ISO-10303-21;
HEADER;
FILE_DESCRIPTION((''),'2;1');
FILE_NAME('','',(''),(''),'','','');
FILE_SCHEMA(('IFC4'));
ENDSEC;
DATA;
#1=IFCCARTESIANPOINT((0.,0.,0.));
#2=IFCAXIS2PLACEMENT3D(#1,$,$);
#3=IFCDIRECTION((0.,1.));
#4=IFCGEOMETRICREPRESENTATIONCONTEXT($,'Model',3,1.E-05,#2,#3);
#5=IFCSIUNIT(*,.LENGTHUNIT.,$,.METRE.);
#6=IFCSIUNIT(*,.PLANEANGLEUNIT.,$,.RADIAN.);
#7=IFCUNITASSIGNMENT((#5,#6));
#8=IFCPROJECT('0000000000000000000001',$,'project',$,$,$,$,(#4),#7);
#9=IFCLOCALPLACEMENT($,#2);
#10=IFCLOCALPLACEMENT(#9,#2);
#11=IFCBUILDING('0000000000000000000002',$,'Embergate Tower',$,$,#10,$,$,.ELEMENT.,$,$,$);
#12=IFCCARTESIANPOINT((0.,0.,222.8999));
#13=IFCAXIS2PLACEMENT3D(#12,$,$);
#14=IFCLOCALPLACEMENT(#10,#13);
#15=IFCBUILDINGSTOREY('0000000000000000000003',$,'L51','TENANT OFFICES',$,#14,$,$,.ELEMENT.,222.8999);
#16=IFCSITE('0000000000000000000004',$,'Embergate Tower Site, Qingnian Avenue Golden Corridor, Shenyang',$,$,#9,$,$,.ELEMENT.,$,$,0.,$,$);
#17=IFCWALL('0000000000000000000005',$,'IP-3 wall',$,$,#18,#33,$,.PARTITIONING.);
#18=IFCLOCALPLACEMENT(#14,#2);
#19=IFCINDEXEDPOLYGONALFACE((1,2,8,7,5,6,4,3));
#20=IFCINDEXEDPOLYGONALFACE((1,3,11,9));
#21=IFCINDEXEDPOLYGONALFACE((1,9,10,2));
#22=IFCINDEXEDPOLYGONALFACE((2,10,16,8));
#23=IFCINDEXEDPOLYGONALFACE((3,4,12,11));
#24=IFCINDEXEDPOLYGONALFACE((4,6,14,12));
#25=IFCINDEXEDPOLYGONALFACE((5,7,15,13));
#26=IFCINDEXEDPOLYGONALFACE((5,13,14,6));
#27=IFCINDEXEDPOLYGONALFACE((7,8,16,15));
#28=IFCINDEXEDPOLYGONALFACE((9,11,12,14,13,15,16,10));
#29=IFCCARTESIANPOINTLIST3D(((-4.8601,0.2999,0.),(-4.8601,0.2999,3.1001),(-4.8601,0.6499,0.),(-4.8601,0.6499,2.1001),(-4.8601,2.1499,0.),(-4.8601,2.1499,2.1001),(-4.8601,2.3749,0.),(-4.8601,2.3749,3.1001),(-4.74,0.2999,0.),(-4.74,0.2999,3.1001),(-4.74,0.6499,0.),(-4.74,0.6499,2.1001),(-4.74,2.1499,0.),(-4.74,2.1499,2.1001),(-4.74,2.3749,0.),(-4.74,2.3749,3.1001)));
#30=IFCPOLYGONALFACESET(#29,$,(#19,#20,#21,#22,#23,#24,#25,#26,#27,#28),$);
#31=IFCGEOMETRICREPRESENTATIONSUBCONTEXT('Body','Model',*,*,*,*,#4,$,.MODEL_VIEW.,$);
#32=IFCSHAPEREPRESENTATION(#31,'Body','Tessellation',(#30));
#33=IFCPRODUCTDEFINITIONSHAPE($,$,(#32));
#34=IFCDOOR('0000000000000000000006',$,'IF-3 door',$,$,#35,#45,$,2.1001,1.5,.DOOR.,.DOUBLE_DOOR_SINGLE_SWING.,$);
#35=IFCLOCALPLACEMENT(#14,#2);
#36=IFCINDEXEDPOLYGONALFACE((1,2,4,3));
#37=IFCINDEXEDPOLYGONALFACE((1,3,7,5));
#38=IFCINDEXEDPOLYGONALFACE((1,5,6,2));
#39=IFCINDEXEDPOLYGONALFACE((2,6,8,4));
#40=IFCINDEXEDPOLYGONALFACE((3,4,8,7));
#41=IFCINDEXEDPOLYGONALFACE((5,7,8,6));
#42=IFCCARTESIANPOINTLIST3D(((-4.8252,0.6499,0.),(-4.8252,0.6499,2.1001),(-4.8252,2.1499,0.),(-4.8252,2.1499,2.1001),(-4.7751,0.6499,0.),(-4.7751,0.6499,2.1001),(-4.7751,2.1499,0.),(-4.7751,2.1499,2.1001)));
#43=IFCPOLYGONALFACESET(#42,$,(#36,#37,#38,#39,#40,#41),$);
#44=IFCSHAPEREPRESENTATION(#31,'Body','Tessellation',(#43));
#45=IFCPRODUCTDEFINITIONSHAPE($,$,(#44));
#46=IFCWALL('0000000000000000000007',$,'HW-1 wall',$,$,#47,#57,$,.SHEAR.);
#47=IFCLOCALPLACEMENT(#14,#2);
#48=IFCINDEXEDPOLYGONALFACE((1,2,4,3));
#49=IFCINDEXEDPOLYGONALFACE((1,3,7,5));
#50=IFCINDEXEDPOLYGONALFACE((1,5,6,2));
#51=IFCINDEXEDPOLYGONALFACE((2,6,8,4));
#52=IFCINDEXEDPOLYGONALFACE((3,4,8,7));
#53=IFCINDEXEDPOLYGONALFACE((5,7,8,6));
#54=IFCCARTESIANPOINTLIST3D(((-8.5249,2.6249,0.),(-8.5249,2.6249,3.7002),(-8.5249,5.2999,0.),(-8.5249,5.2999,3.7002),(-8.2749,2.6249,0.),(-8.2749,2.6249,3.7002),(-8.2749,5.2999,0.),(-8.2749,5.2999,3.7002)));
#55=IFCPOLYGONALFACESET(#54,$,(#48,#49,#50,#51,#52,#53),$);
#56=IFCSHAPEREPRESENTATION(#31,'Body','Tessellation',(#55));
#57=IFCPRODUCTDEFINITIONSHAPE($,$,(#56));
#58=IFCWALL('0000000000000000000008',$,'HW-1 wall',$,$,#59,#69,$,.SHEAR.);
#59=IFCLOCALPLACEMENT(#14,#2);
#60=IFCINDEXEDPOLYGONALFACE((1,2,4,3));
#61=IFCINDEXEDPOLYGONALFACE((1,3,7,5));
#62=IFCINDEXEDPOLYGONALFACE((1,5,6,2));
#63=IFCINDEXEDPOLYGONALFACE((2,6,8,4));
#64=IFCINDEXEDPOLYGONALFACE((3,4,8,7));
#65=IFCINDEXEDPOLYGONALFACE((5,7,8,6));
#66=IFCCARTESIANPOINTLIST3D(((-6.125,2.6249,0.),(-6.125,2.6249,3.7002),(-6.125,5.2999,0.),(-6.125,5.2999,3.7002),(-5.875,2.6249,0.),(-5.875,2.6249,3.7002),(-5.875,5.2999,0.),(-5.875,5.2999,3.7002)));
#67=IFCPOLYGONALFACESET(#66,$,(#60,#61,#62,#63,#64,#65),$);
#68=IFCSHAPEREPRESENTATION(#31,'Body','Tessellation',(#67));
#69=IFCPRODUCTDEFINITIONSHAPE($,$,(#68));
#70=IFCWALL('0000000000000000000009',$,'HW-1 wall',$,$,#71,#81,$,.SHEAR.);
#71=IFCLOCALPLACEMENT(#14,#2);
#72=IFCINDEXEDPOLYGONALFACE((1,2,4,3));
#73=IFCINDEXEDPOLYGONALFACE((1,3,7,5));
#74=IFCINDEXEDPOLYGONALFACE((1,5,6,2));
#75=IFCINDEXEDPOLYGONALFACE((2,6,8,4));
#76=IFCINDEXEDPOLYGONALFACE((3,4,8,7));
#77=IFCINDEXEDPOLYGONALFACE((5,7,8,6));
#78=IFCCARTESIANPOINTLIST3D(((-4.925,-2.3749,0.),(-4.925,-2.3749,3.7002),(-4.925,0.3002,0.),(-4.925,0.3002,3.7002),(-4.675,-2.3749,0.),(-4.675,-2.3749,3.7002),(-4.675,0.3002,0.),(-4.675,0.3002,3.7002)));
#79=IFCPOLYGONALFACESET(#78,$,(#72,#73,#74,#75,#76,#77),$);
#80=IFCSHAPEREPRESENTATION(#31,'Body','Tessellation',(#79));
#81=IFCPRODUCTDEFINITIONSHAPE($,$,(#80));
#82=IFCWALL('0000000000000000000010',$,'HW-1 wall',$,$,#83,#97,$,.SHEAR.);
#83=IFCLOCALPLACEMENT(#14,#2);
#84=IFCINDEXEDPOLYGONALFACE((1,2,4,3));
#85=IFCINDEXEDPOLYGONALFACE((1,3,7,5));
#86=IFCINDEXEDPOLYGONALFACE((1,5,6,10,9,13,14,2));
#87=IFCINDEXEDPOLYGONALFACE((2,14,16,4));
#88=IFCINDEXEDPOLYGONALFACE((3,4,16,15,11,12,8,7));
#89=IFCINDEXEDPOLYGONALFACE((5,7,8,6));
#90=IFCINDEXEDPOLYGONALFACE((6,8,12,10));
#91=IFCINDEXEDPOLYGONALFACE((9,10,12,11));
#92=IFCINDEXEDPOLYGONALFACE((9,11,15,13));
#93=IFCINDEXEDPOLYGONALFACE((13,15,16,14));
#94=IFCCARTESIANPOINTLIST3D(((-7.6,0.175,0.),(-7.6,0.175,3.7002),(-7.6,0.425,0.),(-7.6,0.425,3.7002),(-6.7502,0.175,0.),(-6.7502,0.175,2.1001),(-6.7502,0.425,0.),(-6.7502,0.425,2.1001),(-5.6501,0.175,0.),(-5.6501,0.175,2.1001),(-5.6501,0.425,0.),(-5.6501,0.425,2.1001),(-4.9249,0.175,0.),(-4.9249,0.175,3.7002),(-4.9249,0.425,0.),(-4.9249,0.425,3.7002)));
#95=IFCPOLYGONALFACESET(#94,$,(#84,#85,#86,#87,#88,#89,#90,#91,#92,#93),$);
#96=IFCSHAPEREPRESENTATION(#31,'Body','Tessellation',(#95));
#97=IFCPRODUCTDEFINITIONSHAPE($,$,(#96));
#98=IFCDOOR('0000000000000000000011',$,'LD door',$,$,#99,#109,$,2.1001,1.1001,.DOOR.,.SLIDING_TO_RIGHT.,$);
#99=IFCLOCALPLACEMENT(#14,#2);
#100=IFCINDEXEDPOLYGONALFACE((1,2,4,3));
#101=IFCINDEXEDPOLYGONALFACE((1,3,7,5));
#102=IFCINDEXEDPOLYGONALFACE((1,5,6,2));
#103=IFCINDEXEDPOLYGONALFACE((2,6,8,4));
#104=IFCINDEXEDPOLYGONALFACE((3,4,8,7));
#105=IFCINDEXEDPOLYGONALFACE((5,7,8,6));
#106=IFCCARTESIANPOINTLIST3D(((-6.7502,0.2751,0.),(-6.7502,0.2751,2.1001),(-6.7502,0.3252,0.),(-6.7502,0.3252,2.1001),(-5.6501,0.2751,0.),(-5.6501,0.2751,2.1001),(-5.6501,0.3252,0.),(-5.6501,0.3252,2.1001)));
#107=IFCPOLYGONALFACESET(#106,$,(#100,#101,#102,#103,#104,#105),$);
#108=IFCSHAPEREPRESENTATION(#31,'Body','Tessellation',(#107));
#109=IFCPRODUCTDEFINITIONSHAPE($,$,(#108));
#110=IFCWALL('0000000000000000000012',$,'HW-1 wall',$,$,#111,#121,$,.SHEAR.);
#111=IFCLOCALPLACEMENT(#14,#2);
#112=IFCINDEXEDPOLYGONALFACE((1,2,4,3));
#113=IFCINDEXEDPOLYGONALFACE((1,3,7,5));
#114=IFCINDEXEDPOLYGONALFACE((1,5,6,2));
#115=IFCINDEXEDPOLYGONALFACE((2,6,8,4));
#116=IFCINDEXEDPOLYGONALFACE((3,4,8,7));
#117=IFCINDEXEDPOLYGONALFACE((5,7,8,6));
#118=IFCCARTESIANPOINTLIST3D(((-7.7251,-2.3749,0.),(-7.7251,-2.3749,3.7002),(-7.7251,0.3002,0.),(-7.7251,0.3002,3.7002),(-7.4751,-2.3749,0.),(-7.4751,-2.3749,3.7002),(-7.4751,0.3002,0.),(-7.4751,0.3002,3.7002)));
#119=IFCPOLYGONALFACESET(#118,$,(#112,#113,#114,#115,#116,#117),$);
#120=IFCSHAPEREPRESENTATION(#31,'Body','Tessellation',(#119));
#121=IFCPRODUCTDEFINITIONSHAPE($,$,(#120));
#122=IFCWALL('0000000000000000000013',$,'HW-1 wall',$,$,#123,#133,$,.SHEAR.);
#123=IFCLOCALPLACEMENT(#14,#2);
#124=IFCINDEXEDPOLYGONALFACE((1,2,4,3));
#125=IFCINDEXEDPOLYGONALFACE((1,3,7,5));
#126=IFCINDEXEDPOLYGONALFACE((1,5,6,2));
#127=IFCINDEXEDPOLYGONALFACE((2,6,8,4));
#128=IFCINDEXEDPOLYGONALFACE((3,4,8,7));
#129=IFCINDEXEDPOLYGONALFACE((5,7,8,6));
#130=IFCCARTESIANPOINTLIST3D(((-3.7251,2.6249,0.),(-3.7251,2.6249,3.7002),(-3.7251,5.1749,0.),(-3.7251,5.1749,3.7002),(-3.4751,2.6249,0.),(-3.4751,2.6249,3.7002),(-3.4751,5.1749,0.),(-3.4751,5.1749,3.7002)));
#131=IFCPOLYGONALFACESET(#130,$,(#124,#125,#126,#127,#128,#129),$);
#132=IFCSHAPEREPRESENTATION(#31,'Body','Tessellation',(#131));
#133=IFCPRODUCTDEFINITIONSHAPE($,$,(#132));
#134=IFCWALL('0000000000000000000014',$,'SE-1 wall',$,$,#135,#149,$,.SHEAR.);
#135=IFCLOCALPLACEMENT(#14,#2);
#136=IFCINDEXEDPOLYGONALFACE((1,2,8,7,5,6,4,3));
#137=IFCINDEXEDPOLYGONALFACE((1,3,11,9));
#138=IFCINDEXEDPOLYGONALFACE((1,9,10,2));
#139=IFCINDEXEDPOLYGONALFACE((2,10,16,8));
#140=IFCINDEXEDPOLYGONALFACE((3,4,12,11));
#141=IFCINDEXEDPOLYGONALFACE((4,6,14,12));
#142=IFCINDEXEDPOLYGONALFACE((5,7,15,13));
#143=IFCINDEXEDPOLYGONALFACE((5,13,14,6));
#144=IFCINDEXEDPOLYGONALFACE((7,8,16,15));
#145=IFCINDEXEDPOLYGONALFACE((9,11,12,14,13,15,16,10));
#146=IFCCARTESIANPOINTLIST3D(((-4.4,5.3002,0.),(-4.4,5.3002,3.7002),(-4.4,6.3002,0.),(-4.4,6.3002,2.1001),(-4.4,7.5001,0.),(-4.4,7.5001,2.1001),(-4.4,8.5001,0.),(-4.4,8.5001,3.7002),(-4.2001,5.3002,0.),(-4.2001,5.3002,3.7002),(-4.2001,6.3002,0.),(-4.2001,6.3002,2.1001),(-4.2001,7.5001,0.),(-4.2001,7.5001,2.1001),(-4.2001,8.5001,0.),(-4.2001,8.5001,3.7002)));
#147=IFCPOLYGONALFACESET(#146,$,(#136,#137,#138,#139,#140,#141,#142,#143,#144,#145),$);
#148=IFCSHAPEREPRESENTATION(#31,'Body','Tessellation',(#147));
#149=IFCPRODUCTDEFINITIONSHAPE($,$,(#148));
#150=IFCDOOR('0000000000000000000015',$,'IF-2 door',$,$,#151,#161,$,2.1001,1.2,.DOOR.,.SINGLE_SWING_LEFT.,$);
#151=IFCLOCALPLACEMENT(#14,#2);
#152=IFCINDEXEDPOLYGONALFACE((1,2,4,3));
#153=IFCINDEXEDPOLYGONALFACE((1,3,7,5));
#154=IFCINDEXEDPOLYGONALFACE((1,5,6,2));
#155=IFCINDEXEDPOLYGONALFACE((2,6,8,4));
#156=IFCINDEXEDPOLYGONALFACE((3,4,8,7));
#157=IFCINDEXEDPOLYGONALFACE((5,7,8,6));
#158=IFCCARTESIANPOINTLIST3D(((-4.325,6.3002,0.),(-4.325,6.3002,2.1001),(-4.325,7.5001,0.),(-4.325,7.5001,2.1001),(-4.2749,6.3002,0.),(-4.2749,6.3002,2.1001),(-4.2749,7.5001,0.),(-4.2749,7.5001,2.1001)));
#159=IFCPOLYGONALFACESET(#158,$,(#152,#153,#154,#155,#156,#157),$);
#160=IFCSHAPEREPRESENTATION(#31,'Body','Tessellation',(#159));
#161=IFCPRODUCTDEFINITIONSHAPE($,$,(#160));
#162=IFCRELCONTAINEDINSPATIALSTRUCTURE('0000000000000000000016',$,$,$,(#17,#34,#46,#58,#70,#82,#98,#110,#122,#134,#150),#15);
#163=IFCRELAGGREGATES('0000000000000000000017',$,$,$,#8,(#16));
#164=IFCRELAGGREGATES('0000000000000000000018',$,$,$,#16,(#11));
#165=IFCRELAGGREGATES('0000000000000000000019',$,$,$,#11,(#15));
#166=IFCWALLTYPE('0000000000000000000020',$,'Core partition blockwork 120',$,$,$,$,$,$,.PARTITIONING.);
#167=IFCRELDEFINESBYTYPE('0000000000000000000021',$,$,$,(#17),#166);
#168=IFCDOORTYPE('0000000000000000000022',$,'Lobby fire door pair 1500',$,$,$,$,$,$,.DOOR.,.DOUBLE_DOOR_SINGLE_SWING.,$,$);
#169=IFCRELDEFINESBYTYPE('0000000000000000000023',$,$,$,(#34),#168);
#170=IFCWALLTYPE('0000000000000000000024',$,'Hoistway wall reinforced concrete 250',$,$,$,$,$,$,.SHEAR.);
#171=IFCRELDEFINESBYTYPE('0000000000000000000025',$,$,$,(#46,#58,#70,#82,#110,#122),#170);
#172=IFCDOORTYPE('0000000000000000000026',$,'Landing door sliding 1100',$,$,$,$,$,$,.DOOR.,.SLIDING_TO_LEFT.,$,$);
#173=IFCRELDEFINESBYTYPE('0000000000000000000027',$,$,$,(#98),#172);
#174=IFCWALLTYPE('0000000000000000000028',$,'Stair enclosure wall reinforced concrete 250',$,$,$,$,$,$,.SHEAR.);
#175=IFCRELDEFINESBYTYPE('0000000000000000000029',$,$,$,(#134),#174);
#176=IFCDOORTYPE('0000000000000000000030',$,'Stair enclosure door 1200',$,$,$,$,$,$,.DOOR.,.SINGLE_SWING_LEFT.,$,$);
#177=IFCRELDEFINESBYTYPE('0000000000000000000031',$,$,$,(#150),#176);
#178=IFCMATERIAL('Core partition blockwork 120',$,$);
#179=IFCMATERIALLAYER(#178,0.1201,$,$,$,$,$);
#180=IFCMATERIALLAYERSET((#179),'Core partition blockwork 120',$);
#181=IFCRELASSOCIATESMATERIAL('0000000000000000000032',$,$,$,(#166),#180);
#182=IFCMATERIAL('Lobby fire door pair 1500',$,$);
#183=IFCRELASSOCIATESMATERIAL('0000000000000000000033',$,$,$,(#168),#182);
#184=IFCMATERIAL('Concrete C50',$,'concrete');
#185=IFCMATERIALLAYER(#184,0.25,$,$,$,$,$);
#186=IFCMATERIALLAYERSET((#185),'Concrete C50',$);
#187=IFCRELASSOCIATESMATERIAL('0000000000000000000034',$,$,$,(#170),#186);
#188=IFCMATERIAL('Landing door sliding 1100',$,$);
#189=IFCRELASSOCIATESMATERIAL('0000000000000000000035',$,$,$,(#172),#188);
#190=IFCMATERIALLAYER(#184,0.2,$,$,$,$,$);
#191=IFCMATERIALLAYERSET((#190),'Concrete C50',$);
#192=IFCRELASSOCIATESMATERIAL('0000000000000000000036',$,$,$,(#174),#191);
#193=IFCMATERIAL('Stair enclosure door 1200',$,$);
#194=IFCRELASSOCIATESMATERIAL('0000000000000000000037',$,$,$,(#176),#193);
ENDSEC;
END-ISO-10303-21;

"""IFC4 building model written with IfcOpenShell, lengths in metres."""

from ifc_helpers import new_model, si_unit, direction, frame, frame_2d, origin, place, context, subcontext, project, spatial, rectangle, extrude, source, transform, mapped, material, layer, layer_set, type_object, element, fill, save


model = new_model("IFC4")

# Units and contexts
model_context = context("Model", 3, precision=1e-05, world=origin(), true_north=direction((0.0, 1.0)))
body_context = subcontext(model_context, "Body", "Model", "MODEL_VIEW")
ifc_project = project(units=[si_unit("LENGTHUNIT", "METRE"), si_unit("PLANEANGLEUNIT", "RADIAN")], contexts=[model_context])

# Site, building, storey
site_placement = place(None, origin())
site = spatial("IfcSite", under=ifc_project, at=site_placement, Name="Embergate Tower Site, Qingnian Avenue Golden Corridor, Shenyang", CompositionType="ELEMENT", RefElevation=0.0)
building_placement = place(site_placement, origin())
building = spatial("IfcBuilding", under=site, at=building_placement, Name="Embergate Tower", CompositionType="ELEMENT")
storey_placement = place(building_placement, frame((0.0, 0.0, 222.8999)))
storey = spatial("IfcBuildingStorey", under=building, at=storey_placement, Name="L51", Description="TENANT OFFICES", CompositionType="ELEMENT", Elevation=222.8999)

# Wall, opening, door
ifc_material_1 = material(Name="Core partition blockwork 120")
ifc_layer_1 = layer(ifc_material_1, 0.1201)
ifc_layer_set_1 = layer_set([ifc_layer_1], Name="Core partition blockwork 120")
wall_type_1 = type_object("IfcWallType", Name="Core partition blockwork 120", PredefinedType="PARTITIONING", material=ifc_layer_set_1)
shared_shape_1 = source(origin(), body_context, "Body", "SweptSolid", [
    extrude(rectangle(XDim=2.075, YDim=0.1201, at=frame_2d((1.0376, 0.0))), origin(), (0.0, 0.0, 1.0), 3.1001),
])
wall_1_placement = place(storey_placement, frame((-4.8, 2.375, 0.0), z_axis=(0.0, 0.0, 1.0), x_axis=(0.0, -1.0, 0.0)))
wall_1 = element("IfcWall", 1, at=wall_1_placement, inside=storey, type_object=wall_type_1, Name="IP-3 wall", PredefinedType="PARTITIONING", context=body_context, shape_type="MappedRepresentation", body=[
    mapped(shared_shape_1, transform((0.0, 0.0, 0.0))),
])
shared_shape_2 = source(origin(), body_context, "Body", "SweptSolid", [
    extrude(rectangle(XDim=1.5, YDim=2.1001, at=frame_2d((0.75, 1.05))), frame((0.0, 0.0701, 0.0), z_axis=(0.0, -1.0, 0.0), x_axis=(1.0, 0.0, 0.0)), (0.0, 0.0, 1.0), 0.1401),
])
opening_1_placement = place(wall_1_placement, frame((0.2251, 0.0, 0.0)))
opening_1 = element("IfcOpeningElement", 2, at=opening_1_placement, cuts=wall_1, PredefinedType="OPENING", context=body_context, shape_type="MappedRepresentation", body=[
    mapped(shared_shape_2, transform((0.0, 0.0, 0.0))),
])
ifc_material_2 = material(Name="Lobby fire door pair 1500")
door_type_1 = type_object("IfcDoorType", Name="Lobby fire door pair 1500", OperationType="DOUBLE_DOOR_SINGLE_SWING", PredefinedType="DOOR", material=ifc_material_2)
shared_shape_3 = source(origin(), body_context, "Body", "SweptSolid", [
    extrude(rectangle(XDim=1.5, YDim=2.1001, at=frame_2d((0.75, 1.05))), frame((0.0, 0.0249, 0.0), z_axis=(0.0, -1.0, 0.0), x_axis=(1.0, 0.0, 0.0)), (0.0, 0.0, 1.0), 0.05),
])
door_1_placement = place(opening_1_placement, origin())
door_1 = element("IfcDoor", 3, at=door_1_placement, inside=storey, type_object=door_type_1, Name="IF-3 door", OperationType="DOUBLE_DOOR_SINGLE_SWING", OverallHeight=2.1001, OverallWidth=1.5, PredefinedType="DOOR", context=body_context, shape_type="MappedRepresentation", body=[
    mapped(shared_shape_3, transform((0.0, 0.0, 0.0))),
])
fill(opening_1, door_1)

# Walls
ifc_material_3 = material(Name="Concrete C50", Category="concrete")
ifc_layer_2 = layer(ifc_material_3, 0.25)
ifc_layer_set_2 = layer_set([ifc_layer_2], Name="Concrete C50")
wall_type_2 = type_object("IfcWallType", Name="Hoistway wall reinforced concrete 250", PredefinedType="SHEAR", material=ifc_layer_set_2)
shared_shape_4 = source(origin(), body_context, "Body", "SweptSolid", [
    extrude(rectangle(XDim=2.675, YDim=0.25, at=frame_2d((1.3374, 0.0))), origin(), (0.0, 0.0, 1.0), 3.7002),
])
for number, where, z_axis, x_axis, name in (
    (4, (-8.3999, 2.625, 0.0), (0.0, 0.0, 1.0), (0.0, 1.0, 0.0), "HW-1 wall"),
    (5, (-6.0, 2.625, 0.0), (0.0, 0.0, 1.0), (0.0, 1.0, 0.0), "HW-1 wall"),
    (6, (-4.8, 0.3, 0.0), (0.0, 0.0, 1.0), (0.0, -1.0, 0.0), "HW-1 wall"),
):
    element("IfcWall", number, at=place(storey_placement, frame(where, z_axis=z_axis, x_axis=x_axis)), inside=storey, type_object=wall_type_2, Name=name, PredefinedType="SHEAR", context=body_context, shape_type="MappedRepresentation", body=[
        mapped(shared_shape_4, transform((0.0, 0.0, 0.0))),
    ])

# Wall, opening, door
wall_2_placement = place(storey_placement, frame((-4.925, 0.3, 0.0), z_axis=(0.0, 0.0, 1.0), x_axis=(-1.0, 0.0, 0.0)))
wall_2 = element("IfcWall", 7, at=wall_2_placement, inside=storey, type_object=wall_type_2, Name="HW-1 wall", PredefinedType="SHEAR", context=body_context, shape_type="MappedRepresentation", body=[
    mapped(shared_shape_4, transform((0.0, 0.0, 0.0))),
])
shared_shape_5 = source(origin(), body_context, "Body", "SweptSolid", [
    extrude(rectangle(XDim=1.1001, YDim=2.1001, at=frame_2d((0.55, 1.05))), frame((0.0, 0.135, 0.0), z_axis=(0.0, -1.0, 0.0), x_axis=(1.0, 0.0, 0.0)), (0.0, 0.0, 1.0), 0.27),
])
opening_2_placement = place(wall_2_placement, frame((0.7251, 0.0, 0.0)))
opening_2 = element("IfcOpeningElement", 8, at=opening_2_placement, cuts=wall_2, PredefinedType="OPENING", context=body_context, shape_type="MappedRepresentation", body=[
    mapped(shared_shape_5, transform((0.0, 0.0, 0.0))),
])
ifc_material_4 = material(Name="Landing door sliding 1100")
door_type_2 = type_object("IfcDoorType", Name="Landing door sliding 1100", OperationType="SLIDING_TO_LEFT", PredefinedType="DOOR", material=ifc_material_4)
shared_shape_6 = source(origin(), body_context, "Body", "SweptSolid", [
    extrude(rectangle(XDim=1.1001, YDim=2.1001, at=frame_2d((0.55, 1.05))), frame((0.0, 0.0249, 0.0), z_axis=(0.0, -1.0, 0.0), x_axis=(1.0, 0.0, 0.0)), (0.0, 0.0, 1.0), 0.05),
])
door_2_placement = place(opening_2_placement, origin())
door_2 = element("IfcDoor", 9, at=door_2_placement, inside=storey, type_object=door_type_2, Name="LD door", OperationType="SLIDING_TO_RIGHT", OverallHeight=2.1001, OverallWidth=1.1001, PredefinedType="DOOR", context=body_context, shape_type="MappedRepresentation", body=[
    mapped(shared_shape_6, transform((0.0, 0.0, 0.0))),
])
fill(opening_2, door_2)

# Walls
wall_3_placement = place(storey_placement, frame((-7.6001, 0.3, 0.0), z_axis=(0.0, 0.0, 1.0), x_axis=(0.0, -1.0, 0.0)))
element("IfcWall", 10, at=wall_3_placement, inside=storey, type_object=wall_type_2, Name="HW-1 wall", PredefinedType="SHEAR", context=body_context, shape_type="MappedRepresentation", body=[
    mapped(shared_shape_4, transform((0.0, 0.0, 0.0))),
])
shared_shape_7 = source(origin(), body_context, "Body", "SweptSolid", [
    extrude(rectangle(XDim=2.55, YDim=0.25, at=frame_2d((1.2749, 0.0))), origin(), (0.0, 0.0, 1.0), 3.7002),
])
wall_4_placement = place(storey_placement, frame((-3.6001, 2.625, 0.0), z_axis=(0.0, 0.0, 1.0), x_axis=(0.0, 1.0, 0.0)))
element("IfcWall", 11, at=wall_4_placement, inside=storey, type_object=wall_type_2, Name="HW-1 wall", PredefinedType="SHEAR", context=body_context, shape_type="MappedRepresentation", body=[
    mapped(shared_shape_7, transform((0.0, 0.0, 0.0))),
])

# Wall, opening, door
ifc_layer_3 = layer(ifc_material_3, 0.2)
ifc_layer_set_3 = layer_set([ifc_layer_3], Name="Concrete C50")
wall_type_3 = type_object("IfcWallType", Name="Stair enclosure wall reinforced concrete 250", PredefinedType="SHEAR", material=ifc_layer_set_3)
shared_shape_8 = source(origin(), body_context, "Body", "SweptSolid", [
    extrude(rectangle(XDim=3.2, YDim=0.2, at=frame_2d((1.6001, 0.0))), origin(), (0.0, 0.0, 1.0), 3.7002),
])
wall_5_placement = place(storey_placement, frame((-4.3, 5.3, 0.0), z_axis=(0.0, 0.0, 1.0), x_axis=(0.0, 1.0, 0.0)))
wall_5 = element("IfcWall", 12, at=wall_5_placement, inside=storey, type_object=wall_type_3, Name="SE-1 wall", PredefinedType="SHEAR", context=body_context, shape_type="MappedRepresentation", body=[
    mapped(shared_shape_8, transform((0.0, 0.0, 0.0))),
])
shared_shape_9 = source(origin(), body_context, "Body", "SweptSolid", [
    extrude(rectangle(XDim=1.2, YDim=2.1001, at=frame_2d((0.6001, 1.05))), frame((0.0, 0.1099, 0.0), z_axis=(0.0, -1.0, 0.0), x_axis=(1.0, 0.0, 0.0)), (0.0, 0.0, 1.0), 0.22),
])
opening_3_placement = place(wall_5_placement, frame((1.0, 0.0, 0.0)))
opening_3 = element("IfcOpeningElement", 13, at=opening_3_placement, cuts=wall_5, PredefinedType="OPENING", context=body_context, shape_type="MappedRepresentation", body=[
    mapped(shared_shape_9, transform((0.0, 0.0, 0.0))),
])
ifc_material_5 = material(Name="Stair enclosure door 1200")
door_type_3 = type_object("IfcDoorType", Name="Stair enclosure door 1200", OperationType="SINGLE_SWING_LEFT", PredefinedType="DOOR", material=ifc_material_5)
shared_shape_10 = source(origin(), body_context, "Body", "SweptSolid", [
    extrude(rectangle(XDim=1.2, YDim=2.1001, at=frame_2d((0.6001, 1.05))), frame((0.0, 0.0249, 0.0), z_axis=(0.0, -1.0, 0.0), x_axis=(1.0, 0.0, 0.0)), (0.0, 0.0, 1.0), 0.05),
])
door_3_placement = place(opening_3_placement, origin())
door_3 = element("IfcDoor", 14, at=door_3_placement, inside=storey, type_object=door_type_3, Name="IF-2 door", OperationType="SINGLE_SWING_LEFT", OverallHeight=2.1001, OverallWidth=1.2, PredefinedType="DOOR", context=body_context, shape_type="MappedRepresentation", body=[
    mapped(shared_shape_10, transform((0.0, 0.0, 0.0))),
])
fill(opening_3, door_3)

save(model, "model.ifc")
